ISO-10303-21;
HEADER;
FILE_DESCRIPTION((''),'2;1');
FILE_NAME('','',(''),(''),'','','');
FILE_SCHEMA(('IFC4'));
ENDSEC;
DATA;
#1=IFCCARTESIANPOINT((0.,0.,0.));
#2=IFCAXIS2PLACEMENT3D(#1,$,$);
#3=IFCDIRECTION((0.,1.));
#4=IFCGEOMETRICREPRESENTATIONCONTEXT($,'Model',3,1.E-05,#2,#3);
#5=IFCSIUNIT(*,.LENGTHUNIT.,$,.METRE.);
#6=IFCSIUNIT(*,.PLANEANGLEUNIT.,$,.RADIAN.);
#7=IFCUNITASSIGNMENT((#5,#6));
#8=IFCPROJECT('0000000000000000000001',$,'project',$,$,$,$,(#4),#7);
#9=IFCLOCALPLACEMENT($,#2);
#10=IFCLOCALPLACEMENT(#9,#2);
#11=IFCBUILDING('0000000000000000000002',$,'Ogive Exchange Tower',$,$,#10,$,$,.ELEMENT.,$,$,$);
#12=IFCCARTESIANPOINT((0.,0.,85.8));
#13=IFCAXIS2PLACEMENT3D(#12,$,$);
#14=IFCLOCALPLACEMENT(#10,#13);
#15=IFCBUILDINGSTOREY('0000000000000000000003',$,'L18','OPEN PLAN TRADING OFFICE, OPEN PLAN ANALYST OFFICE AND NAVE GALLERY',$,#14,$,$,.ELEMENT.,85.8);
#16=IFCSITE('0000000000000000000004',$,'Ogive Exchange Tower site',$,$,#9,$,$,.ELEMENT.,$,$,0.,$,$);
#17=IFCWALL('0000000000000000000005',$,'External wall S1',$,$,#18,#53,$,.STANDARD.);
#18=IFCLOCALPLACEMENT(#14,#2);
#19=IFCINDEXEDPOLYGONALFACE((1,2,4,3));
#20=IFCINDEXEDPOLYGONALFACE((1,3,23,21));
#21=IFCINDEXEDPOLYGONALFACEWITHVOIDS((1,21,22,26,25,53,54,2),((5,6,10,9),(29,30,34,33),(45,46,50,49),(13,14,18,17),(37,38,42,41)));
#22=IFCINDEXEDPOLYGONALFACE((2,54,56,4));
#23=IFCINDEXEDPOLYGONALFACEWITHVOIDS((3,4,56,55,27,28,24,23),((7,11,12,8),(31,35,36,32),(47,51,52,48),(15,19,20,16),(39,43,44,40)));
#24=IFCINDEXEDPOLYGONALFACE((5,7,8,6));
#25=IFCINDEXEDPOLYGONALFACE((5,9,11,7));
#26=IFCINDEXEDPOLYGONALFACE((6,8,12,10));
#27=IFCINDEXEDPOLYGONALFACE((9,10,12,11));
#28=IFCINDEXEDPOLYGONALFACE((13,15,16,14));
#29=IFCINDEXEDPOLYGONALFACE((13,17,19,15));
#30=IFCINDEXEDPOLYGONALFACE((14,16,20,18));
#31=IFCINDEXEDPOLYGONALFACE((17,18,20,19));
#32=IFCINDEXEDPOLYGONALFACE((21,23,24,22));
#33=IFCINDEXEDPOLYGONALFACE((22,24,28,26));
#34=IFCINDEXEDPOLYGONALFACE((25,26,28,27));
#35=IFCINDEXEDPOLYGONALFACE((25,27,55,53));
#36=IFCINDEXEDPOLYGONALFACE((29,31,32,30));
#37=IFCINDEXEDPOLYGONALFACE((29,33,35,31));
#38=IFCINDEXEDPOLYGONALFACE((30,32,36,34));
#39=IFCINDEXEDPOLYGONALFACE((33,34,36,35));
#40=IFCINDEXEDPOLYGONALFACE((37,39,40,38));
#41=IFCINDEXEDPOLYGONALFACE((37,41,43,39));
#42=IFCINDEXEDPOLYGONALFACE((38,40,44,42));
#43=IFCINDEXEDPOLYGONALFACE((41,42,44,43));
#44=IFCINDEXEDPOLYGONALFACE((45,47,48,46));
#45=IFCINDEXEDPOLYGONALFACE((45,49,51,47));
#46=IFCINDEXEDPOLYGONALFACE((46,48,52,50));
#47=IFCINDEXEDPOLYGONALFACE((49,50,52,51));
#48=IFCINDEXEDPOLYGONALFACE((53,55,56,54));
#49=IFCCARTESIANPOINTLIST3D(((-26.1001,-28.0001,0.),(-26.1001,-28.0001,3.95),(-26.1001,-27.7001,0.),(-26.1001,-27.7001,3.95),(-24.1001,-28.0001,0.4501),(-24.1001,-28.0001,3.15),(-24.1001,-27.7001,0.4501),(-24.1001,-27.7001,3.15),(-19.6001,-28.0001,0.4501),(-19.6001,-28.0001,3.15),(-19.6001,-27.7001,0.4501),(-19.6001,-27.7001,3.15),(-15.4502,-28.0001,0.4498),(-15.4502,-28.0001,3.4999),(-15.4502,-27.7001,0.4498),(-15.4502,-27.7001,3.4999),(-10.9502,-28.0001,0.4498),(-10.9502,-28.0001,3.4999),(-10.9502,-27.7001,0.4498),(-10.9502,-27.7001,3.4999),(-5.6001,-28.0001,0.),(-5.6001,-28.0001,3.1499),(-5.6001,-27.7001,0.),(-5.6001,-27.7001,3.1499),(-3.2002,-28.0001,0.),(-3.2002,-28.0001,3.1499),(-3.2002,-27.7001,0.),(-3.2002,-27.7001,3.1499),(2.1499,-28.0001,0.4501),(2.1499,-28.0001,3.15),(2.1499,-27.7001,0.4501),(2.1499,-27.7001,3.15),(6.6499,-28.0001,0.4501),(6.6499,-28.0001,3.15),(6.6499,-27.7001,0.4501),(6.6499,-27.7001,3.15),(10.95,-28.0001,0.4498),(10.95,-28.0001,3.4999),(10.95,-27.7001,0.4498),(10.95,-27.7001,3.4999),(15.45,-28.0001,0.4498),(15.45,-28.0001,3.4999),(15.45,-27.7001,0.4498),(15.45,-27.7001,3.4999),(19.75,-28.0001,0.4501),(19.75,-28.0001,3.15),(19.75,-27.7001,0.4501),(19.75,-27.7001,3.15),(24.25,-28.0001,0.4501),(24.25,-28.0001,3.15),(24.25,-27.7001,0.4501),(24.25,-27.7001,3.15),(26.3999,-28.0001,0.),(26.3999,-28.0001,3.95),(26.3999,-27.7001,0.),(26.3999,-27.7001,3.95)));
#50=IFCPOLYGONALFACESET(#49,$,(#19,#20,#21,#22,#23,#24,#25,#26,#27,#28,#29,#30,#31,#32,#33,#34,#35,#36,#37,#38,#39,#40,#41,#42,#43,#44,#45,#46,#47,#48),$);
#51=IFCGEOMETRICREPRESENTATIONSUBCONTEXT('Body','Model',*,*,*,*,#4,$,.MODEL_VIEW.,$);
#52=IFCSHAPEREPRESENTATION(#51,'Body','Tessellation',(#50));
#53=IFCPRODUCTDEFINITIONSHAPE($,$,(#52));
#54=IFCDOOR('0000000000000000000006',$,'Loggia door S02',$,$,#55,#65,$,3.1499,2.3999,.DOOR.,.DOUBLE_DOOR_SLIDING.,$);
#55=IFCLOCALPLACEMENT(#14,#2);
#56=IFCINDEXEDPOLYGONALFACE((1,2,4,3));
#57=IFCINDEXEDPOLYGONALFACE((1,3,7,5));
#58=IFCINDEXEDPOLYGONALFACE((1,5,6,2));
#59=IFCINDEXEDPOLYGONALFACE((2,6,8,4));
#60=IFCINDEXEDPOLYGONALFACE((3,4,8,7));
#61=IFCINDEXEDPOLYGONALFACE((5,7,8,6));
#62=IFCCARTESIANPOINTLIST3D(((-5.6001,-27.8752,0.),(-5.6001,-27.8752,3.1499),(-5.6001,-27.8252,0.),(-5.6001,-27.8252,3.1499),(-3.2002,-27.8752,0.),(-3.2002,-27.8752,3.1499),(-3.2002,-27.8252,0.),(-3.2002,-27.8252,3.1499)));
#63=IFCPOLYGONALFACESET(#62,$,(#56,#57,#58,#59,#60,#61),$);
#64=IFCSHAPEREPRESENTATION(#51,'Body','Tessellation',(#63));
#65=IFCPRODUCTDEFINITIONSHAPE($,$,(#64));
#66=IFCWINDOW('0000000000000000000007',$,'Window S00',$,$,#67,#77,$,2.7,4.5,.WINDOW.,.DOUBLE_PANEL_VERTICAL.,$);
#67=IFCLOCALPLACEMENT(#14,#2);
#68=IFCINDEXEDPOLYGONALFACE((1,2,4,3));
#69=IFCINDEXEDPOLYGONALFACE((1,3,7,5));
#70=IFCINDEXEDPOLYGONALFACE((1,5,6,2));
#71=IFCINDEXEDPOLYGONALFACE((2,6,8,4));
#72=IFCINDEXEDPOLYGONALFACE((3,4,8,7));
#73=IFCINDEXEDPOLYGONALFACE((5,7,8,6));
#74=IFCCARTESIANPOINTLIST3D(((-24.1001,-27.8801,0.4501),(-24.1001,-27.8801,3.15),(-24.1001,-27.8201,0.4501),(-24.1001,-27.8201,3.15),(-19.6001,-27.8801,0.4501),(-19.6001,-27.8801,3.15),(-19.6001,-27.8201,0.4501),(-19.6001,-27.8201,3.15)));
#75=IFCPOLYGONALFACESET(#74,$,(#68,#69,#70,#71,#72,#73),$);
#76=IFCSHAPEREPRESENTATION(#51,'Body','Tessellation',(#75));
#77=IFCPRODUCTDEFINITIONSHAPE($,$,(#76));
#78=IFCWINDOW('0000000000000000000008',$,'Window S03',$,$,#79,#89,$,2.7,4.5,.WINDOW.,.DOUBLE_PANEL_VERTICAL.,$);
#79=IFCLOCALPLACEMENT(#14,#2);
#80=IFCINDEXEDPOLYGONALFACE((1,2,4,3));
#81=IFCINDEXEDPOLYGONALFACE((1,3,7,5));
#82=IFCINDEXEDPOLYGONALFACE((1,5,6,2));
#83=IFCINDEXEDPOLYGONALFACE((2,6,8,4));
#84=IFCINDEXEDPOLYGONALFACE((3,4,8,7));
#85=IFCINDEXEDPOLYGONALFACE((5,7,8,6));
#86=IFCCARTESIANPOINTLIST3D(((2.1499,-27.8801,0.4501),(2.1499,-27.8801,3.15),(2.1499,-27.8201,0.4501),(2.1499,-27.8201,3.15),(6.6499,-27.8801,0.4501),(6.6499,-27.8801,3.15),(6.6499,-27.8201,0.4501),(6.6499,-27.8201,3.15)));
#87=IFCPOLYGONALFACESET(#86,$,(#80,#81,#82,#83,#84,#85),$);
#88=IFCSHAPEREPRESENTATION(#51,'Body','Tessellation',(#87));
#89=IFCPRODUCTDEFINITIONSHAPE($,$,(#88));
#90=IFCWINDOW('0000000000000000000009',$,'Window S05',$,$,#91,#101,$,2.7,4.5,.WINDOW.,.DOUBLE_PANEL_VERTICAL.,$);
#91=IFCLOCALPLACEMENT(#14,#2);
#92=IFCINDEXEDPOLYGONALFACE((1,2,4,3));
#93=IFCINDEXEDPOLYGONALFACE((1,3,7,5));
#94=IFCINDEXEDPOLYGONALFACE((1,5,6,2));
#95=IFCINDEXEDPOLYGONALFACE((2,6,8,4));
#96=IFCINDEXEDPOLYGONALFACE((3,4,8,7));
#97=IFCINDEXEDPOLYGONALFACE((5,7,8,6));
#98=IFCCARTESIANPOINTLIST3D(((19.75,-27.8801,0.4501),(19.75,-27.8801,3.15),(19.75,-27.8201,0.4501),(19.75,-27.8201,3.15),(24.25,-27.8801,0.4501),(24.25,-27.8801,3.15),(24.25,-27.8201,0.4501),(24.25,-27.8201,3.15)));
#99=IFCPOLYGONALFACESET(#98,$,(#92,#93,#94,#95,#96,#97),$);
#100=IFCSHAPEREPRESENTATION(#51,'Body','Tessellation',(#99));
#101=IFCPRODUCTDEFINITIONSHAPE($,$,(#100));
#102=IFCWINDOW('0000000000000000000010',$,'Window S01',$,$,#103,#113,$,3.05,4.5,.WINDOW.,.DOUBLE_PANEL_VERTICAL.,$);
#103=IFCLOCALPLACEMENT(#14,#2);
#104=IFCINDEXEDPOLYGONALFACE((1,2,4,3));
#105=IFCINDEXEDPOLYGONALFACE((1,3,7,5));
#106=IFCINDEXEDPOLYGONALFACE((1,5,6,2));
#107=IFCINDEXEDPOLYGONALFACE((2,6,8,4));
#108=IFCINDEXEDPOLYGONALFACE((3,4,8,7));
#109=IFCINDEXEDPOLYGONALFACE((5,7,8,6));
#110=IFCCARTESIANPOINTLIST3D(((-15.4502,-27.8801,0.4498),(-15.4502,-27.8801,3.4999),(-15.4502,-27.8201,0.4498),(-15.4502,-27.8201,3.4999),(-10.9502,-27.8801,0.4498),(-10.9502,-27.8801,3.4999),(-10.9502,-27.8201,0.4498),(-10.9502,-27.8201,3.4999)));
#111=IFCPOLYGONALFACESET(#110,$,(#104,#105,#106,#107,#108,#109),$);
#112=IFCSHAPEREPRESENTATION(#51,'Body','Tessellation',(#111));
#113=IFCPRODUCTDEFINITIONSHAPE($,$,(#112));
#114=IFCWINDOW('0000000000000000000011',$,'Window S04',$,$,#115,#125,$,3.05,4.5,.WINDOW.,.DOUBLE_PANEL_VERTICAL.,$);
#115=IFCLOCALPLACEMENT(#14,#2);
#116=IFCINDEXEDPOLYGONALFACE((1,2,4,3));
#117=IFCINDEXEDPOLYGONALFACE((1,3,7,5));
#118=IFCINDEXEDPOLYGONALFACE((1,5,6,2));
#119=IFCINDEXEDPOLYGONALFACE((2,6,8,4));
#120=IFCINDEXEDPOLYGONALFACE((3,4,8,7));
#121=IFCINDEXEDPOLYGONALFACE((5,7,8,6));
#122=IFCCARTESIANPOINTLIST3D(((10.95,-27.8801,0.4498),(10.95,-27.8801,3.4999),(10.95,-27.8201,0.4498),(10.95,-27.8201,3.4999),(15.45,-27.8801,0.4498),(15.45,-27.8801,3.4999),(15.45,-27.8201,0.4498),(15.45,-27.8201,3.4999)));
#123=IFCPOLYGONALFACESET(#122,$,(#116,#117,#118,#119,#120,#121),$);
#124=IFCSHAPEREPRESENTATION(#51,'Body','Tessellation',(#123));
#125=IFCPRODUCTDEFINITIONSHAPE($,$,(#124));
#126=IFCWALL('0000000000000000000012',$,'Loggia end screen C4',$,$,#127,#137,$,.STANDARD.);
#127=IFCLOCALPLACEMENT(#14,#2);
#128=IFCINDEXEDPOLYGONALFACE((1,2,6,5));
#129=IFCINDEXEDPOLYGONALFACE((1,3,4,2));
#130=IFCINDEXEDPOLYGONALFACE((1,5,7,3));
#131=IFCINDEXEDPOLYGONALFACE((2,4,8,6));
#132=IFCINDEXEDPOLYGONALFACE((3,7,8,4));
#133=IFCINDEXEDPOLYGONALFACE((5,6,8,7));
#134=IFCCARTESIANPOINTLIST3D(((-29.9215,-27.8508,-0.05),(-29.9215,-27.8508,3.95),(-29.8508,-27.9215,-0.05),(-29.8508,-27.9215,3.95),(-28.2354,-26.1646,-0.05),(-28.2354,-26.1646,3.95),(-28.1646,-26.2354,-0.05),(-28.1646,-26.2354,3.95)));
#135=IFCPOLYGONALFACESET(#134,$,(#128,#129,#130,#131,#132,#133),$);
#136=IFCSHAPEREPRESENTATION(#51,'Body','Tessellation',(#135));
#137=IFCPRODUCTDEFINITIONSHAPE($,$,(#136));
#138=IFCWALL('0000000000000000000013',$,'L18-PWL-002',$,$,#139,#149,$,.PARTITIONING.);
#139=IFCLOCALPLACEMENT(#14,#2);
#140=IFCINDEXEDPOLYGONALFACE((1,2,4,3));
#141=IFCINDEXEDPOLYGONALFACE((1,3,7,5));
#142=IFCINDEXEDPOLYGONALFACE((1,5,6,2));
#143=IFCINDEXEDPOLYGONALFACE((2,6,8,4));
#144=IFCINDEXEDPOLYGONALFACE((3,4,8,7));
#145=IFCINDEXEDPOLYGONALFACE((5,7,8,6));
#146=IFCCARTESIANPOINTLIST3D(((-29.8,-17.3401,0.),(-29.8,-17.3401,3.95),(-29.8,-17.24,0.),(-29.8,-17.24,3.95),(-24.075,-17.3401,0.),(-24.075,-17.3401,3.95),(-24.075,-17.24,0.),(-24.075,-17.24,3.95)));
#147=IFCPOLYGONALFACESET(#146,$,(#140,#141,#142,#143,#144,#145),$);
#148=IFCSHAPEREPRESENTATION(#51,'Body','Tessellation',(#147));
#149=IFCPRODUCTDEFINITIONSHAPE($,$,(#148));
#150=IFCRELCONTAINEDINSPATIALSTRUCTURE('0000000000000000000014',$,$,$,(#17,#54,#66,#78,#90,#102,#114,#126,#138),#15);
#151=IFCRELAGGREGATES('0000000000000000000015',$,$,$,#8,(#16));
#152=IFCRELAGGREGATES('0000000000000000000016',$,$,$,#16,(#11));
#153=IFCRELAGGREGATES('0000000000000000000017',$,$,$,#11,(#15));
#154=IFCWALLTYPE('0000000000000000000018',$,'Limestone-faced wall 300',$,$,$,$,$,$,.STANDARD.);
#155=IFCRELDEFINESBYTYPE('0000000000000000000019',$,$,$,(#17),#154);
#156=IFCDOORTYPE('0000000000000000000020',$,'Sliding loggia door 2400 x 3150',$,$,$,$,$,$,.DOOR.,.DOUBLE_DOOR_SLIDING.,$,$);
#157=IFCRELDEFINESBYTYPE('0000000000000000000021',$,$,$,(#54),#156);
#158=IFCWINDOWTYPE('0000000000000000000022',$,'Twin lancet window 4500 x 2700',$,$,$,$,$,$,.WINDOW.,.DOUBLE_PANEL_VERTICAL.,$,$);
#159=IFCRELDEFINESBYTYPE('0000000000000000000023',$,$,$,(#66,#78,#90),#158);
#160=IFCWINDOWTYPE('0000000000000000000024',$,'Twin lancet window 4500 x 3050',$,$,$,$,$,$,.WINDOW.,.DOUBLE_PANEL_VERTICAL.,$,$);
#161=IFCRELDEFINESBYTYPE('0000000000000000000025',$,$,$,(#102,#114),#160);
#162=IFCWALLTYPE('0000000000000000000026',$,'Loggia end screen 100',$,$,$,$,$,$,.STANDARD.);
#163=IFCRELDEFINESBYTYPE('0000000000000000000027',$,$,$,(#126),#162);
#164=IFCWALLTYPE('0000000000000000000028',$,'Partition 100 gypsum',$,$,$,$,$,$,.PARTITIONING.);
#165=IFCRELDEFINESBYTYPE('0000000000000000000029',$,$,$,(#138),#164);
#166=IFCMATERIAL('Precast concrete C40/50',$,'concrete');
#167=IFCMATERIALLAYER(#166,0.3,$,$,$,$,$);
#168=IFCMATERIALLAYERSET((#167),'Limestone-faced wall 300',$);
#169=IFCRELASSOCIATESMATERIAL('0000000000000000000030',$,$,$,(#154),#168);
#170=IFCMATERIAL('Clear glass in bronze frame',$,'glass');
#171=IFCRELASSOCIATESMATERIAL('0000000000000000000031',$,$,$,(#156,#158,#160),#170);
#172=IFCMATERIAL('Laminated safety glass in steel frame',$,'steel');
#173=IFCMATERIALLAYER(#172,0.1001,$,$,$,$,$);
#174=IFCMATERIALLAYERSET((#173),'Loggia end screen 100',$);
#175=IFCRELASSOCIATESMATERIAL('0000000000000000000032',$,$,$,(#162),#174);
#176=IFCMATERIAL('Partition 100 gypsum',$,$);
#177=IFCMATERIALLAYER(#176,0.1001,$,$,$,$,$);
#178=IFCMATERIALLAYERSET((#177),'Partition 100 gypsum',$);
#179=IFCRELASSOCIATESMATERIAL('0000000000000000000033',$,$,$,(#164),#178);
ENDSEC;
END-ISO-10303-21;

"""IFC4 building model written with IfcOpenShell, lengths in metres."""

from ifc_helpers import new_model, si_unit, direction, frame, frame_2d, origin, place, context, subcontext, project, spatial, rectangle, extrude, material, layer, layer_set, type_object, element, fill, save


model = new_model("IFC4")

# Units and contexts
model_context = context("Model", 3, precision=1e-05, world=origin(), true_north=direction((0.0, 1.0)))
body_context = subcontext(model_context, "Body", "Model", "MODEL_VIEW")
ifc_project = project(units=[si_unit("LENGTHUNIT", "METRE"), si_unit("PLANEANGLEUNIT", "RADIAN")], contexts=[model_context])

# Site, building, storey
site_placement = place(None, origin())
site = spatial("IfcSite", under=ifc_project, at=site_placement, Name="Ogive Exchange Tower site", CompositionType="ELEMENT", RefElevation=0.0)
building_placement = place(site_placement, origin())
building = spatial("IfcBuilding", under=site, at=building_placement, Name="Ogive Exchange Tower", CompositionType="ELEMENT")
storey_placement = place(building_placement, frame((0.0, 0.0, 85.8)))
storey = spatial("IfcBuildingStorey", under=building, at=storey_placement, Name="L18", Description="OPEN PLAN TRADING OFFICE, OPEN PLAN ANALYST OFFICE AND NAVE GALLERY", CompositionType="ELEMENT", Elevation=85.8)

# Wall, openings, door, windows
ifc_material_1 = material(Name="Precast concrete C40/50", Category="concrete")
ifc_layer_1 = layer(ifc_material_1, 0.3)
ifc_layer_set_1 = layer_set([ifc_layer_1], Name="Limestone-faced wall 300")
wall_type_1 = type_object("IfcWallType", Name="Limestone-faced wall 300", PredefinedType="STANDARD", material=ifc_layer_set_1)
wall_1_placement = place(storey_placement, frame((-26.1001, -27.8501, 0.0), z_axis=(0.0, 0.0, 1.0), x_axis=(1.0, 0.0, 0.0)))
wall_1 = element("IfcWall", 1, at=wall_1_placement, inside=storey, type_object=wall_type_1, Name="External wall S1", PredefinedType="STANDARD", context=body_context, shape_type="SweptSolid", body=[
    extrude(rectangle(XDim=52.5, YDim=0.3, at=frame_2d((26.25, 0.0))), origin(), (0.0, 0.0, 1.0), 3.95),
])
opening_1_placement = place(wall_1_placement, frame((2.0, 0.0, 0.45)))
opening_1 = element("IfcOpeningElement", 2, at=opening_1_placement, cuts=wall_1, PredefinedType="OPENING", context=body_context, shape_type="SweptSolid", body=[
    extrude(rectangle(XDim=4.5, YDim=2.7, at=frame_2d((2.25, 1.3501))), frame((0.0, 0.1599, 0.0), z_axis=(0.0, -1.0, 0.0), x_axis=(1.0, 0.0, 0.0)), (0.0, 0.0, 1.0), 0.3201),
])
opening_2_placement = place(wall_1_placement, frame((10.6499, 0.0, 0.45)))
opening_2 = element("IfcOpeningElement", 3, at=opening_2_placement, cuts=wall_1, PredefinedType="OPENING", context=body_context, shape_type="SweptSolid", body=[
    extrude(rectangle(XDim=4.5, YDim=3.05, at=frame_2d((2.25, 1.5249))), frame((0.0, 0.1599, 0.0), z_axis=(0.0, -1.0, 0.0), x_axis=(1.0, 0.0, 0.0)), (0.0, 0.0, 1.0), 0.3201),
])
opening_3_placement = place(wall_1_placement, frame((20.5, 0.0, 0.0)))
opening_3 = element("IfcOpeningElement", 4, at=opening_3_placement, cuts=wall_1, PredefinedType="OPENING", context=body_context, shape_type="SweptSolid", body=[
    extrude(rectangle(XDim=2.3999, YDim=3.1499, at=frame_2d((1.2, 1.575))), frame((0.0, 0.1599, 0.0), z_axis=(0.0, -1.0, 0.0), x_axis=(1.0, 0.0, 0.0)), (0.0, 0.0, 1.0), 0.3201),
])
opening_4_placement = place(wall_1_placement, frame((28.25, 0.0, 0.45)))
opening_4 = element("IfcOpeningElement", 5, at=opening_4_placement, cuts=wall_1, PredefinedType="OPENING", context=body_context, shape_type="SweptSolid", body=[
    extrude(rectangle(XDim=4.5, YDim=2.7, at=frame_2d((2.25, 1.3501))), frame((0.0, 0.1599, 0.0), z_axis=(0.0, -1.0, 0.0), x_axis=(1.0, 0.0, 0.0)), (0.0, 0.0, 1.0), 0.3201),
])
opening_5_placement = place(wall_1_placement, frame((37.05, 0.0, 0.45)))
opening_5 = element("IfcOpeningElement", 6, at=opening_5_placement, cuts=wall_1, PredefinedType="OPENING", context=body_context, shape_type="SweptSolid", body=[
    extrude(rectangle(XDim=4.5, YDim=3.05, at=frame_2d((2.25, 1.5249))), frame((0.0, 0.1599, 0.0), z_axis=(0.0, -1.0, 0.0), x_axis=(1.0, 0.0, 0.0)), (0.0, 0.0, 1.0), 0.3201),
])
opening_6_placement = place(wall_1_placement, frame((45.8501, 0.0, 0.45)))
opening_6 = element("IfcOpeningElement", 7, at=opening_6_placement, cuts=wall_1, PredefinedType="OPENING", context=body_context, shape_type="SweptSolid", body=[
    extrude(rectangle(XDim=4.5, YDim=2.7, at=frame_2d((2.25, 1.3501))), frame((0.0, 0.1599, 0.0), z_axis=(0.0, -1.0, 0.0), x_axis=(1.0, 0.0, 0.0)), (0.0, 0.0, 1.0), 0.3201),
])
ifc_material_2 = material(Name="Clear glass in bronze frame", Category="glass")
door_type = type_object("IfcDoorType", Name="Sliding loggia door 2400 x 3150", OperationType="DOUBLE_DOOR_SLIDING", PredefinedType="DOOR", material=ifc_material_2)
door_placement = place(opening_3_placement, origin())
door = element("IfcDoor", 8, at=door_placement, inside=storey, type_object=door_type, Name="Loggia door S02", OperationType="DOUBLE_DOOR_SLIDING", OverallHeight=3.1499, OverallWidth=2.3999, PredefinedType="DOOR", context=body_context, shape_type="SweptSolid", body=[
    extrude(rectangle(XDim=2.3999, YDim=3.1499, at=frame_2d((1.2, 1.575))), frame((0.0, 0.0249, 0.0), z_axis=(0.0, -1.0, 0.0), x_axis=(1.0, 0.0, 0.0)), (0.0, 0.0, 1.0), 0.05),
])
fill(opening_3, door)
window_type_1 = type_object("IfcWindowType", Name="Twin lancet window 4500 x 2700", PartitioningType="DOUBLE_PANEL_VERTICAL", PredefinedType="WINDOW", material=ifc_material_2)
window_1_placement = place(opening_1_placement, origin())
window_1 = element("IfcWindow", 9, at=window_1_placement, inside=storey, type_object=window_type_1, Name="Window S00", OverallHeight=2.7, OverallWidth=4.5, PartitioningType="DOUBLE_PANEL_VERTICAL", PredefinedType="WINDOW", context=body_context, shape_type="SweptSolid", body=[
    extrude(rectangle(XDim=4.5, YDim=2.7, at=frame_2d((2.25, 1.3501))), frame((0.0, 0.03, 0.0), z_axis=(0.0, -1.0, 0.0), x_axis=(1.0, 0.0, 0.0)), (0.0, 0.0, 1.0), 0.0601),
])
fill(opening_1, window_1)
window_2_placement = place(opening_4_placement, origin())
window_2 = element("IfcWindow", 10, at=window_2_placement, inside=storey, type_object=window_type_1, Name="Window S03", OverallHeight=2.7, OverallWidth=4.5, PartitioningType="DOUBLE_PANEL_VERTICAL", PredefinedType="WINDOW", context=body_context, shape_type="SweptSolid", body=[
    extrude(rectangle(XDim=4.5, YDim=2.7, at=frame_2d((2.25, 1.3501))), frame((0.0, 0.03, 0.0), z_axis=(0.0, -1.0, 0.0), x_axis=(1.0, 0.0, 0.0)), (0.0, 0.0, 1.0), 0.0601),
])
fill(opening_4, window_2)
window_3_placement = place(opening_6_placement, origin())
window_3 = element("IfcWindow", 11, at=window_3_placement, inside=storey, type_object=window_type_1, Name="Window S05", OverallHeight=2.7, OverallWidth=4.5, PartitioningType="DOUBLE_PANEL_VERTICAL", PredefinedType="WINDOW", context=body_context, shape_type="SweptSolid", body=[
    extrude(rectangle(XDim=4.5, YDim=2.7, at=frame_2d((2.25, 1.3501))), frame((0.0, 0.03, 0.0), z_axis=(0.0, -1.0, 0.0), x_axis=(1.0, 0.0, 0.0)), (0.0, 0.0, 1.0), 0.0601),
])
fill(opening_6, window_3)
window_type_2 = type_object("IfcWindowType", Name="Twin lancet window 4500 x 3050", PartitioningType="DOUBLE_PANEL_VERTICAL", PredefinedType="WINDOW", material=ifc_material_2)
window_4_placement = place(opening_2_placement, origin())
window_4 = element("IfcWindow", 12, at=window_4_placement, inside=storey, type_object=window_type_2, Name="Window S01", OverallHeight=3.05, OverallWidth=4.5, PartitioningType="DOUBLE_PANEL_VERTICAL", PredefinedType="WINDOW", context=body_context, shape_type="SweptSolid", body=[
    extrude(rectangle(XDim=4.5, YDim=3.05, at=frame_2d((2.25, 1.5249))), frame((0.0, 0.03, 0.0), z_axis=(0.0, -1.0, 0.0), x_axis=(1.0, 0.0, 0.0)), (0.0, 0.0, 1.0), 0.0601),
])
fill(opening_2, window_4)
window_5_placement = place(opening_5_placement, origin())
window_5 = element("IfcWindow", 13, at=window_5_placement, inside=storey, type_object=window_type_2, Name="Window S04", OverallHeight=3.05, OverallWidth=4.5, PartitioningType="DOUBLE_PANEL_VERTICAL", PredefinedType="WINDOW", context=body_context, shape_type="SweptSolid", body=[
    extrude(rectangle(XDim=4.5, YDim=3.05, at=frame_2d((2.25, 1.5249))), frame((0.0, 0.03, 0.0), z_axis=(0.0, -1.0, 0.0), x_axis=(1.0, 0.0, 0.0)), (0.0, 0.0, 1.0), 0.0601),
])
fill(opening_5, window_5)

# Walls
ifc_material_3 = material(Name="Laminated safety glass in steel frame", Category="steel")
ifc_layer_2 = layer(ifc_material_3, 0.1001)
ifc_layer_set_2 = layer_set([ifc_layer_2], Name="Loggia end screen 100")
wall_type_2 = type_object("IfcWallType", Name="Loggia end screen 100", PredefinedType="STANDARD", material=ifc_layer_set_2)
wall_2_placement = place(storey_placement, frame((-28.2, -26.2, -0.05), z_axis=(0.0, 0.0, 1.0), x_axis=(-0.707107, -0.707107, 0.0)))
element("IfcWall", 14, at=wall_2_placement, inside=storey, type_object=wall_type_2, Name="Loggia end screen C4", PredefinedType="STANDARD", context=body_context, shape_type="SweptSolid", body=[
    extrude(rectangle(XDim=2.3845, YDim=0.1001, at=frame_2d((1.1924, 0.0))), origin(), (0.0, 0.0, 1.0), 4.0),
])
ifc_material_4 = material(Name="Partition 100 gypsum")
ifc_layer_3 = layer(ifc_material_4, 0.1001)
ifc_layer_set_3 = layer_set([ifc_layer_3], Name="Partition 100 gypsum")
wall_type_3 = type_object("IfcWallType", Name="Partition 100 gypsum", PredefinedType="PARTITIONING", material=ifc_layer_set_3)
wall_3_placement = place(storey_placement, frame((-24.075, -17.29, 0.0), z_axis=(0.0, 0.0, 1.0), x_axis=(-1.0, 0.0, 0.0)))
element("IfcWall", 15, at=wall_3_placement, inside=storey, type_object=wall_type_3, Name="L18-PWL-002", PredefinedType="PARTITIONING", context=body_context, shape_type="SweptSolid", body=[
    extrude(rectangle(XDim=5.7251, YDim=0.1001, at=frame_2d((2.8625, 0.0))), origin(), (0.0, 0.0, 1.0), 3.95),
])

save(model, "model.ifc")
